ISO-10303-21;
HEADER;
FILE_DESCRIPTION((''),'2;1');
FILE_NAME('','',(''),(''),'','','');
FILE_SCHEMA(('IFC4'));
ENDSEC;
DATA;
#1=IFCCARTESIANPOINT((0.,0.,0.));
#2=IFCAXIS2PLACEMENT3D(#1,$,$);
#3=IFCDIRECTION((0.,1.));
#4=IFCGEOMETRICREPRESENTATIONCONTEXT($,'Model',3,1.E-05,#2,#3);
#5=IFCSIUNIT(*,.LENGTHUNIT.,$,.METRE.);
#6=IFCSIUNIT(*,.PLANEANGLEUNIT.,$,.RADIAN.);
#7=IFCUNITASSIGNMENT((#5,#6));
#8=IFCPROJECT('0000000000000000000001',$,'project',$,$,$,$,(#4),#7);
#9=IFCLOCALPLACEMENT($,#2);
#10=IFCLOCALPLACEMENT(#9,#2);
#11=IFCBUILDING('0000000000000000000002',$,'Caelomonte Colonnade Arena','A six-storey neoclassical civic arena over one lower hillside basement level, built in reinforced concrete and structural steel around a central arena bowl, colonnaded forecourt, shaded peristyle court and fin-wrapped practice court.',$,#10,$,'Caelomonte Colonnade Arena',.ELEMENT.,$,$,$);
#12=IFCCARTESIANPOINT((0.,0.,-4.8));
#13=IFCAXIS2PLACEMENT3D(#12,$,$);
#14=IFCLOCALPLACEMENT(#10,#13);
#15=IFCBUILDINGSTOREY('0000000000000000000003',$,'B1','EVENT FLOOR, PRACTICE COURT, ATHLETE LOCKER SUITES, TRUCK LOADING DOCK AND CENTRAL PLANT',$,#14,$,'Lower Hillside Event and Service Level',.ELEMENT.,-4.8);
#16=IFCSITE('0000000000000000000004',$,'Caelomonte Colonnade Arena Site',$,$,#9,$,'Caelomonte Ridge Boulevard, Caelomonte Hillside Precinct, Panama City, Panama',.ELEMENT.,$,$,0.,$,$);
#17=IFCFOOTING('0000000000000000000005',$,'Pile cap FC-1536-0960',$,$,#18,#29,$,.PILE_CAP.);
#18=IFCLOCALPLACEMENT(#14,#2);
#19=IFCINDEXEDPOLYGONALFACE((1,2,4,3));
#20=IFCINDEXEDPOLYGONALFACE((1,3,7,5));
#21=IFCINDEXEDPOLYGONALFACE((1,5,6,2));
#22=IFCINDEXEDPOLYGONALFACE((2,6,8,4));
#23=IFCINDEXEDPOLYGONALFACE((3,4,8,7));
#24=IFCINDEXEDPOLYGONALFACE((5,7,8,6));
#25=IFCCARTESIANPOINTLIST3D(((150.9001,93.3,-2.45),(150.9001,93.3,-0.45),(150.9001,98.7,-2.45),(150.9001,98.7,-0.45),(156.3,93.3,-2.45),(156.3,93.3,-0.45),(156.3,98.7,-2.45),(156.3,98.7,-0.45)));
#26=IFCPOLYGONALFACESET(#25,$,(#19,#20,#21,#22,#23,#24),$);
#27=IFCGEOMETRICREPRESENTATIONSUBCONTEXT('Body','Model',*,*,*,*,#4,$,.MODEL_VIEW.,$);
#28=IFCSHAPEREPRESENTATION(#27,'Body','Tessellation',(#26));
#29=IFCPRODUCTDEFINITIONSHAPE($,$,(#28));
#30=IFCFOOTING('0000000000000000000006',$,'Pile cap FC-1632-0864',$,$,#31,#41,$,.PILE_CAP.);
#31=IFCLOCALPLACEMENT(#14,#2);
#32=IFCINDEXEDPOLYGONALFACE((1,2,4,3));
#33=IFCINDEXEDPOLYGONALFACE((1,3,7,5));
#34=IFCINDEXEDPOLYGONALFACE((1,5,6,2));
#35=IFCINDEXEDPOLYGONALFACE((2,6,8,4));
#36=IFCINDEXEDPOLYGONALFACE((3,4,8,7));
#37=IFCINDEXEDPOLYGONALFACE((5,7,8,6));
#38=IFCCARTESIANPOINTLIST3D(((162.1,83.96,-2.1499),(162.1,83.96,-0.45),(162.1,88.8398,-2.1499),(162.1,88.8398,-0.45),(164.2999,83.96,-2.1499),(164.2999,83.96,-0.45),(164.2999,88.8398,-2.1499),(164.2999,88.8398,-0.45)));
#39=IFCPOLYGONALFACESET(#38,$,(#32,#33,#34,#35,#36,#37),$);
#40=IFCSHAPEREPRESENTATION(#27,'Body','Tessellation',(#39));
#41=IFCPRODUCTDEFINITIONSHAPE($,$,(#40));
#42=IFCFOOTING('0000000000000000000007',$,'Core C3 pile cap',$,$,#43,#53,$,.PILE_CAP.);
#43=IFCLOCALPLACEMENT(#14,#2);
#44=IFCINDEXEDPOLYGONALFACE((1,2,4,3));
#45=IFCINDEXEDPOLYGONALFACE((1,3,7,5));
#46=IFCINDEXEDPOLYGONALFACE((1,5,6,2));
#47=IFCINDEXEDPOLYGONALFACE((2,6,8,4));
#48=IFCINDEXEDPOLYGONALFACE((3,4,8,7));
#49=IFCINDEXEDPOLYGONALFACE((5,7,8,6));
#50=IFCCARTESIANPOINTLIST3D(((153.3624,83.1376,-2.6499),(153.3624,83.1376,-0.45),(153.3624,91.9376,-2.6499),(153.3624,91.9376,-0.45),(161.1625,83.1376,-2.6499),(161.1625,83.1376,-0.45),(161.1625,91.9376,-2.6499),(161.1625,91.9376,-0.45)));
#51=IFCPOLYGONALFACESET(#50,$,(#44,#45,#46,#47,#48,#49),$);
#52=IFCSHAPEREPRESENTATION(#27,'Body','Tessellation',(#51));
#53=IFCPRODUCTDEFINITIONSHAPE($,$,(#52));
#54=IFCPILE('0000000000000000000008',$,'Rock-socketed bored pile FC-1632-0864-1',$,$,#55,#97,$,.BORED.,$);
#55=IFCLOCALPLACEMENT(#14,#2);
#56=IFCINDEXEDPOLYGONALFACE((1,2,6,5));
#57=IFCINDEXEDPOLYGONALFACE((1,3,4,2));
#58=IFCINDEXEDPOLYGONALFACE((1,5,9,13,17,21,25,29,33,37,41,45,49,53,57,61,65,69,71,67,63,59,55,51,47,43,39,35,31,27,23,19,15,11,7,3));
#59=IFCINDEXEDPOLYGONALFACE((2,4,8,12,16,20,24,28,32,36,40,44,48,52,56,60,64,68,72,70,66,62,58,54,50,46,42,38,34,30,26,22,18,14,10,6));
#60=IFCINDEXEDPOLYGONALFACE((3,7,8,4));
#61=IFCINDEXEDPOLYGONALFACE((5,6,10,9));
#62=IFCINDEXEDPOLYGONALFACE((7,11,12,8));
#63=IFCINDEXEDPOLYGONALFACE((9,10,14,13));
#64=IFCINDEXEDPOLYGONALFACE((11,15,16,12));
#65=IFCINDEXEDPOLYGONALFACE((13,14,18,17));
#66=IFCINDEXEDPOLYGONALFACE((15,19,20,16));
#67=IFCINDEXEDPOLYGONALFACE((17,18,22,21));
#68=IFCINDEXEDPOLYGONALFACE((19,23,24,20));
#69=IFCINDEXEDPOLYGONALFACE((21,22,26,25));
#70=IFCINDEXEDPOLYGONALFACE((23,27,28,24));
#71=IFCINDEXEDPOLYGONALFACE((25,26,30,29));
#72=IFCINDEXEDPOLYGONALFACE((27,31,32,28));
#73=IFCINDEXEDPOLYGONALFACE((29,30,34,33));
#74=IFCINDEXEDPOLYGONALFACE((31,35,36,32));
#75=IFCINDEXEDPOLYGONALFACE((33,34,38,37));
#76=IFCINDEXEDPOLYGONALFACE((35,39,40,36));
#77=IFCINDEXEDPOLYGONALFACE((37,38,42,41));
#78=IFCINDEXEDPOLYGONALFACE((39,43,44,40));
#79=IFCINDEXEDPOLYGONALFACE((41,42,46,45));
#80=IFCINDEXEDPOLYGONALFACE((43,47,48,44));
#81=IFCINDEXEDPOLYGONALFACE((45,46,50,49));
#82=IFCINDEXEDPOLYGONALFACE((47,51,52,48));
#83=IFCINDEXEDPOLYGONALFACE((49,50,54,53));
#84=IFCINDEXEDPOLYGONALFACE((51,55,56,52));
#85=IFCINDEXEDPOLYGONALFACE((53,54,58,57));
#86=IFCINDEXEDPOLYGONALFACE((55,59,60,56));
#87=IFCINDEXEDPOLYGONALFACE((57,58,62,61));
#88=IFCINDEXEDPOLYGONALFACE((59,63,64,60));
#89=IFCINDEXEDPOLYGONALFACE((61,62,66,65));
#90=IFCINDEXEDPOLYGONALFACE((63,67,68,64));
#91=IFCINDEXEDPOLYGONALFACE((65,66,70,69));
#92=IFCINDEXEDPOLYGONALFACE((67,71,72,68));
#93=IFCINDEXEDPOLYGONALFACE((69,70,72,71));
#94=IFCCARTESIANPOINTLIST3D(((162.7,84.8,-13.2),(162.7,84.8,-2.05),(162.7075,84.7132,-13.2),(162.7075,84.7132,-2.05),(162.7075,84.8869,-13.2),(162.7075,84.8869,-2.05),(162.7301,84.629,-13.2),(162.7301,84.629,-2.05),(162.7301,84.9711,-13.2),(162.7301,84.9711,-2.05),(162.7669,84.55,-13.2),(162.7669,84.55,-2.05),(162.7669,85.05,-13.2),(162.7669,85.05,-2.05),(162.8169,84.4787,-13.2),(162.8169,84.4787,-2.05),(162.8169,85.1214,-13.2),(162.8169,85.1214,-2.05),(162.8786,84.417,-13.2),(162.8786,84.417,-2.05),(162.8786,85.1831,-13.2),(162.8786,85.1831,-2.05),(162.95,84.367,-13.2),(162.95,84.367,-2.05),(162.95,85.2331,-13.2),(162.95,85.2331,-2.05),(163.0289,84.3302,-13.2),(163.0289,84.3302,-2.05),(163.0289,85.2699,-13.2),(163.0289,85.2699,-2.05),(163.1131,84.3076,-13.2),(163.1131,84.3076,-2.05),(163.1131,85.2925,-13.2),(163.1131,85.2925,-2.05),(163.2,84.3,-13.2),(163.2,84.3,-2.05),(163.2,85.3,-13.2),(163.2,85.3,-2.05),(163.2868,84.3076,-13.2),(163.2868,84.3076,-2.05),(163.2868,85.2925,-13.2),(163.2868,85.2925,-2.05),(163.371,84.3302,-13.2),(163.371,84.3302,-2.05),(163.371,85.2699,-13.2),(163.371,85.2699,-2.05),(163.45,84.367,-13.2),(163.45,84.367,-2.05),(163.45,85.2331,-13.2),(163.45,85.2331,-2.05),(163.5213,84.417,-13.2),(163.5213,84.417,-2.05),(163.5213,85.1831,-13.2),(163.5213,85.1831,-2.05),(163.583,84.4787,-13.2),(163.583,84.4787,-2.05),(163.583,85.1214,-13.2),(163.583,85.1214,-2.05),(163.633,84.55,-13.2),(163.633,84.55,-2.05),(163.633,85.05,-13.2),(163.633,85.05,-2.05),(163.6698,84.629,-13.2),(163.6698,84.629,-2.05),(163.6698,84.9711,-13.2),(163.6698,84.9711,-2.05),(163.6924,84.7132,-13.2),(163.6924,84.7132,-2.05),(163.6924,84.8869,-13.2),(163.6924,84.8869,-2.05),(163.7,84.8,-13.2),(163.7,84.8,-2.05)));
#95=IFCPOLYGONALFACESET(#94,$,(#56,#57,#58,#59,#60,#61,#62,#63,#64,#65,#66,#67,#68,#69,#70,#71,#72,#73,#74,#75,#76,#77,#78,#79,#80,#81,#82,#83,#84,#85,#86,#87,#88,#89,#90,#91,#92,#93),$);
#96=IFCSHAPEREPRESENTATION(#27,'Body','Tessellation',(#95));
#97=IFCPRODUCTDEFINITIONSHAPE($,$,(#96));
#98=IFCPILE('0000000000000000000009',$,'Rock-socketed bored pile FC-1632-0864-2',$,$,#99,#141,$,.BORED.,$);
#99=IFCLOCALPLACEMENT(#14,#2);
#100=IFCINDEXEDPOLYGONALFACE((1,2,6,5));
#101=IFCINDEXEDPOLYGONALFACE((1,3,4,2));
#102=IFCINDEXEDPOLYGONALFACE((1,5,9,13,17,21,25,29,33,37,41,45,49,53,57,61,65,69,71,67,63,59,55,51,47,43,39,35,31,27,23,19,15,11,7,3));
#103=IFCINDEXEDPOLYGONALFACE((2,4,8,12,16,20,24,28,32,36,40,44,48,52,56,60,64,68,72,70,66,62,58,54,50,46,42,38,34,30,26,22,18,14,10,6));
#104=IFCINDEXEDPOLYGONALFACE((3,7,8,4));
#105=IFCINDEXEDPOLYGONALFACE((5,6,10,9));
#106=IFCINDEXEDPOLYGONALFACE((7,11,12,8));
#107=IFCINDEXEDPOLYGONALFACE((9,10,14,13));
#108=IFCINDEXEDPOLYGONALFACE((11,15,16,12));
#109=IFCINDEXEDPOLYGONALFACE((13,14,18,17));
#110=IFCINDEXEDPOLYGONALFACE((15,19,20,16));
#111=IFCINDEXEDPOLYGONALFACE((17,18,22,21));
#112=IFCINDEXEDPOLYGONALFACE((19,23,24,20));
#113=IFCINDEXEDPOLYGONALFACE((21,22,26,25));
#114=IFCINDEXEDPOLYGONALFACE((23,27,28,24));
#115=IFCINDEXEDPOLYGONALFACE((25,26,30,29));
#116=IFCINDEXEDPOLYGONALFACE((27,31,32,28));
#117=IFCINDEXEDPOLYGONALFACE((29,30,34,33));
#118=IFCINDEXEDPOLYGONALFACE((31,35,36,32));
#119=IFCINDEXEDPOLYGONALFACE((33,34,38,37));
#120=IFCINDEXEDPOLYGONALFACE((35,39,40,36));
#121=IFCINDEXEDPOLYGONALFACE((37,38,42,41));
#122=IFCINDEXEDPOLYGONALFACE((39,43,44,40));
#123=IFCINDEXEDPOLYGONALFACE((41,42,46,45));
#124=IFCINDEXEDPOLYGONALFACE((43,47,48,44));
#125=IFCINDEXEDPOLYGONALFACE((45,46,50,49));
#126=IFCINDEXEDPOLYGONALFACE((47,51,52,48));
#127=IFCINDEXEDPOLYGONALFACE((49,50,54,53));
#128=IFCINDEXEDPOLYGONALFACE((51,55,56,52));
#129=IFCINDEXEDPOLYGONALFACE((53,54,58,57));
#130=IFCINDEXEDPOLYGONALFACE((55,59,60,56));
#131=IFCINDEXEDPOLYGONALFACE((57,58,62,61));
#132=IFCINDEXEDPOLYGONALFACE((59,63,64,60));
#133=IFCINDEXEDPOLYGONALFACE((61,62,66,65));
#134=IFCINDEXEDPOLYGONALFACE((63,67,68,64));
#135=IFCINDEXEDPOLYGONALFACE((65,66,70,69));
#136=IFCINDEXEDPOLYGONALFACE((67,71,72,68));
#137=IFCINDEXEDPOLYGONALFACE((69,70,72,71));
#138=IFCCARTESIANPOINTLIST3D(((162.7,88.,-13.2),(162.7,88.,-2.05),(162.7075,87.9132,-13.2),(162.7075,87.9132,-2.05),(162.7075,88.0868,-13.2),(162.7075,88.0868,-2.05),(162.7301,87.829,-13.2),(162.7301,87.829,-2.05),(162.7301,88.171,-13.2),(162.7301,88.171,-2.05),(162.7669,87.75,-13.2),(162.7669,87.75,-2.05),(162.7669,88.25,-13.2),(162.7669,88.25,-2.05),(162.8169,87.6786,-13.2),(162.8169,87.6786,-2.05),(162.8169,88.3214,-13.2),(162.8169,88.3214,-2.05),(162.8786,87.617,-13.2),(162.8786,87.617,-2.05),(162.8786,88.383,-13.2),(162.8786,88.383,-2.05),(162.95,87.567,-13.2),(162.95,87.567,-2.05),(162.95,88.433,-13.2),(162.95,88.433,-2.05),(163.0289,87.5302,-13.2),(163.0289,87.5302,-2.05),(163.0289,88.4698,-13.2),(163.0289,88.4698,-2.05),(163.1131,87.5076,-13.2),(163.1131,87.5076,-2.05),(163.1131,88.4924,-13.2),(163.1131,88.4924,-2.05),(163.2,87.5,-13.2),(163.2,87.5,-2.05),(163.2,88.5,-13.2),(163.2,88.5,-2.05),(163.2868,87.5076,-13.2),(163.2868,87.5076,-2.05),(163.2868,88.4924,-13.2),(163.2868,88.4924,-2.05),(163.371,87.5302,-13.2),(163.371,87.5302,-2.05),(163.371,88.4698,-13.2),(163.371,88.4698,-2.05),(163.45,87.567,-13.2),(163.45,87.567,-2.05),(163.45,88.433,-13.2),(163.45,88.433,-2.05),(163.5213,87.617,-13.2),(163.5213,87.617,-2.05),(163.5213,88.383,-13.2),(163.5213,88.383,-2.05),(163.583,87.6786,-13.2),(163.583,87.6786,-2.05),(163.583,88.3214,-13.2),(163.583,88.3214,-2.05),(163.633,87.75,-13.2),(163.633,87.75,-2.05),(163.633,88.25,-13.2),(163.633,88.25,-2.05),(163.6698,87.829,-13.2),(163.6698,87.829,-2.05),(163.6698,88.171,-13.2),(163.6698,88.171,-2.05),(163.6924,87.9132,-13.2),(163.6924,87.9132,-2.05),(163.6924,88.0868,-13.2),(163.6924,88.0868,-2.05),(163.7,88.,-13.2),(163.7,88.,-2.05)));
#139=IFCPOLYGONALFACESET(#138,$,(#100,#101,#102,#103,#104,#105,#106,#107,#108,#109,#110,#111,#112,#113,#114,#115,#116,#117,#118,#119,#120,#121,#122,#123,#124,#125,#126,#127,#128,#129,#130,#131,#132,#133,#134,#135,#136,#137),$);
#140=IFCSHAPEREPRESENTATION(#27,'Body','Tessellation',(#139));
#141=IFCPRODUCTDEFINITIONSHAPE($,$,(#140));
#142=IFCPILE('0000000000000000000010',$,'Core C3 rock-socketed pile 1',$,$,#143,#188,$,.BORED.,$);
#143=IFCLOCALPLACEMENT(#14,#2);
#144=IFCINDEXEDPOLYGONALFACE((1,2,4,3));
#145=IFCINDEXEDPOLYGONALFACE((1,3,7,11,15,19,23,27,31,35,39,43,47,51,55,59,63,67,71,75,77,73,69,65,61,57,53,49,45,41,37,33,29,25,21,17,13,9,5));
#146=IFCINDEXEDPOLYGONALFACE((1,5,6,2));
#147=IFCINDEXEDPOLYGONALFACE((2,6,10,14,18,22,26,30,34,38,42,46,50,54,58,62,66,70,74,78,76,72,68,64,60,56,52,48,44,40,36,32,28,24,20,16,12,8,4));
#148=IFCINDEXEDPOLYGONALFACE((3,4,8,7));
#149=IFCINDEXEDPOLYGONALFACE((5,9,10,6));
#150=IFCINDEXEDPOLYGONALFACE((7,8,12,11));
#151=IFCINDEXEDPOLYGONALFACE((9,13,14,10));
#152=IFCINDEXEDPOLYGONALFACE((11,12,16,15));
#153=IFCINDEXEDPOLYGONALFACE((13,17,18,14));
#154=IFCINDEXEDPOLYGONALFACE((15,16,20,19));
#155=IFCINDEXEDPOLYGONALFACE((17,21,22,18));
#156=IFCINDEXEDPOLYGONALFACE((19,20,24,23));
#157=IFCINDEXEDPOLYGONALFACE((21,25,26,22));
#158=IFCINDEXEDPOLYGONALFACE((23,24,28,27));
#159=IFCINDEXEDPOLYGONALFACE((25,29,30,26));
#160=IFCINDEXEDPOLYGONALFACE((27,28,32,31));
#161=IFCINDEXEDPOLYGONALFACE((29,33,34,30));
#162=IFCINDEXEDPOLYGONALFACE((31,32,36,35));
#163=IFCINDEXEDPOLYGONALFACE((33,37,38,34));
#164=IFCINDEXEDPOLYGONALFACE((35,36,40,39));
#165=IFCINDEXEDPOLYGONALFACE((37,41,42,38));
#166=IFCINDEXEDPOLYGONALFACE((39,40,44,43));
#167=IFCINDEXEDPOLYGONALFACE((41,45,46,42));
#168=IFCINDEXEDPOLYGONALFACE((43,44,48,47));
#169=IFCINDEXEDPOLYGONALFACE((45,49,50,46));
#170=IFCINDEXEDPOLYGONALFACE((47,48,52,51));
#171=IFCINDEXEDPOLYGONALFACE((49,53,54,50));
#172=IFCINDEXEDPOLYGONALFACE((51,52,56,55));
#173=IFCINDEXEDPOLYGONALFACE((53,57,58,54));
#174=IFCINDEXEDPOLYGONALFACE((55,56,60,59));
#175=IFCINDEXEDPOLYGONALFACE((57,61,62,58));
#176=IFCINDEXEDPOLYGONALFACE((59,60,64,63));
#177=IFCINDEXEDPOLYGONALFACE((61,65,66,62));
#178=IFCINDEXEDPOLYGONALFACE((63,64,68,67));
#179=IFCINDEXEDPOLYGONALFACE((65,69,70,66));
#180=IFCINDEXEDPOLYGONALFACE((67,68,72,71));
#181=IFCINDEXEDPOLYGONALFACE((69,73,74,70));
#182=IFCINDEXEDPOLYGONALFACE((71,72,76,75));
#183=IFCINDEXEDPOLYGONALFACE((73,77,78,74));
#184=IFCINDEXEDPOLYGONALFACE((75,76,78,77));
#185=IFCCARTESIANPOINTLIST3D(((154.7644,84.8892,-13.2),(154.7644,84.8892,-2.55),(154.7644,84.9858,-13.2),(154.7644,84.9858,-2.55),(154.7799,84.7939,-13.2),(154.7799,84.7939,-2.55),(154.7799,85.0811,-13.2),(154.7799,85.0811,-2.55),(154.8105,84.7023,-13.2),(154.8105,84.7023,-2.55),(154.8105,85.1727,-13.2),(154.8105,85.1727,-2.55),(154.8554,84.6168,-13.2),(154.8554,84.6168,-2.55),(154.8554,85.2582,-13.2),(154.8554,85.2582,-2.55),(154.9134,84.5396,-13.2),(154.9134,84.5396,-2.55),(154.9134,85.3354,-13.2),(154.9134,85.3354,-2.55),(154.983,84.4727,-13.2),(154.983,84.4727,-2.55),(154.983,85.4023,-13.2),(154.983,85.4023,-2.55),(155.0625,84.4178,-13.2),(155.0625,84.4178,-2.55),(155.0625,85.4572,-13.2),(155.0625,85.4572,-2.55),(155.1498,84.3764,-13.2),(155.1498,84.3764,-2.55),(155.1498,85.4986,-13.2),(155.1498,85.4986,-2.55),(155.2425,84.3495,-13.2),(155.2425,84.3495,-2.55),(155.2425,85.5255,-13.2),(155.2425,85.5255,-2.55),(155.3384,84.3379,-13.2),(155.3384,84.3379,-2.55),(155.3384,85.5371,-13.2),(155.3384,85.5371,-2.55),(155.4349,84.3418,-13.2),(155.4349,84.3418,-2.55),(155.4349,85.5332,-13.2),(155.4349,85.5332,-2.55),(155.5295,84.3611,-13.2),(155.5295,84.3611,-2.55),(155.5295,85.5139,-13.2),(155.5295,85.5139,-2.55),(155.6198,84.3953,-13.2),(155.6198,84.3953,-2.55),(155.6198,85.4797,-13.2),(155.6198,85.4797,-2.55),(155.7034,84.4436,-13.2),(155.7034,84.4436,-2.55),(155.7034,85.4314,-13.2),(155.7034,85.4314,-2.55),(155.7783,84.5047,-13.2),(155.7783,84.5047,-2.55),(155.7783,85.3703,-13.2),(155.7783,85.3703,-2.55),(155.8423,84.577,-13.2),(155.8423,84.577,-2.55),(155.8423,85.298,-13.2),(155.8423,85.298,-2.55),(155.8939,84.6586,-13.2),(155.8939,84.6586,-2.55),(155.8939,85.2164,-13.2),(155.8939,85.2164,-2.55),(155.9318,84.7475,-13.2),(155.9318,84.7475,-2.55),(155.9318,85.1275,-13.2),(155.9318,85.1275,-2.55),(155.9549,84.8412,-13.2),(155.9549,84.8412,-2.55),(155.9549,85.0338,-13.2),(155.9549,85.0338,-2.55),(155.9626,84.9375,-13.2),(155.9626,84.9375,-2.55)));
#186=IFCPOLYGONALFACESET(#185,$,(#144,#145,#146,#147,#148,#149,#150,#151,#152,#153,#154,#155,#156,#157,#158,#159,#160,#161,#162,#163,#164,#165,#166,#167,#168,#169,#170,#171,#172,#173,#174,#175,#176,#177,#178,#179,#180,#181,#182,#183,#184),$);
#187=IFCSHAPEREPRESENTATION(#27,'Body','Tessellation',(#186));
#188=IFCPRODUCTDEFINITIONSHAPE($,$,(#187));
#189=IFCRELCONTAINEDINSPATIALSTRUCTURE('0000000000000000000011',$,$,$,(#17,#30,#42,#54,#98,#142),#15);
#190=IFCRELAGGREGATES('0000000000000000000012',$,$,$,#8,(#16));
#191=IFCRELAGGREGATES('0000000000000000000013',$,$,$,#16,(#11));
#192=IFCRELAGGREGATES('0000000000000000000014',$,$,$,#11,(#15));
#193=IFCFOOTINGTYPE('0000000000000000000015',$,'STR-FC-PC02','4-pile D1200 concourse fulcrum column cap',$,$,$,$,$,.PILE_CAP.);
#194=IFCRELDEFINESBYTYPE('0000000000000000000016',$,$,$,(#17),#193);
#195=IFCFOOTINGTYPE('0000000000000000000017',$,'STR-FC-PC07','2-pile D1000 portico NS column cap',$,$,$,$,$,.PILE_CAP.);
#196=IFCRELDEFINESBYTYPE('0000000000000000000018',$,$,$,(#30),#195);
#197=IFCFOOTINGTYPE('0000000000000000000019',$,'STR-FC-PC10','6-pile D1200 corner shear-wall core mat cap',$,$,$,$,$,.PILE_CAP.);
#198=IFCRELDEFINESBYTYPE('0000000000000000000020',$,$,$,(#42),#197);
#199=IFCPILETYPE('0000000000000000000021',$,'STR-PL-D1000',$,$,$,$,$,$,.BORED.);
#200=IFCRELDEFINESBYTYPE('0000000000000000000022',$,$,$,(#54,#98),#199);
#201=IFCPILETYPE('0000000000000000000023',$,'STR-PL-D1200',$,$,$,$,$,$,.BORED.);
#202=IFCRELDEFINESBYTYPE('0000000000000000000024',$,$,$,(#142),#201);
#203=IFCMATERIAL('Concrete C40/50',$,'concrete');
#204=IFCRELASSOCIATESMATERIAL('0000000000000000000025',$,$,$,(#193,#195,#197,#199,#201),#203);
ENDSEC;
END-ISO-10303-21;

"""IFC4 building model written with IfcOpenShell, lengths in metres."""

from ifc_helpers import new_model, si_unit, direction, frame, origin, origin_2d, place, context, subcontext, project, spatial, rectangle, circle, extrude, material, material_profile, profile_set, type_object, element, save


model = new_model("IFC4")

# Units and contexts
model_context = context("Model", 3, precision=1e-05, world=origin(), true_north=direction((0.0, 1.0)))
body_context = subcontext(model_context, "Body", "Model", "MODEL_VIEW")
ifc_project = project(units=[si_unit("LENGTHUNIT", "METRE"), si_unit("PLANEANGLEUNIT", "RADIAN")], contexts=[model_context])

# Site, building, storey
site_placement = place(None, origin())
site = spatial("IfcSite", under=ifc_project, at=site_placement, Name="Caelomonte Colonnade Arena Site", LongName="Caelomonte Ridge Boulevard, Caelomonte Hillside Precinct, Panama City, Panama", CompositionType="ELEMENT", RefElevation=0.0)
building_placement = place(site_placement, origin())
building = spatial("IfcBuilding", under=site, at=building_placement, Name="Caelomonte Colonnade Arena", Description="A six-storey neoclassical civic arena over one lower hillside basement level, built in reinforced concrete and structural steel around a central arena bowl, colonnaded forecourt, shaded peristyle court and fin-wrapped practice court.", LongName="Caelomonte Colonnade Arena", CompositionType="ELEMENT")
storey_placement = place(building_placement, frame((0.0, 0.0, -4.8)))
storey = spatial("IfcBuildingStorey", under=building, at=storey_placement, Name="B1", Description="EVENT FLOOR, PRACTICE COURT, ATHLETE LOCKER SUITES, TRUCK LOADING DOCK AND CENTRAL PLANT", LongName="Lower Hillside Event and Service Level", CompositionType="ELEMENT", Elevation=-4.8)

# Footings
ifc_material_1 = material(Name="Concrete C40/50", Category="concrete")
footing_type_1 = type_object("IfcFootingType", Name="STR-FC-PC02", Description="4-pile D1200 concourse fulcrum column cap", PredefinedType="PILE_CAP", material=ifc_material_1)
footing_1_placement = place(storey_placement, frame((153.6001, 96.0, -2.45), z_axis=(0.0, 0.0, 1.0), x_axis=(1.0, 0.0, 0.0)))
element("IfcFooting", 1, at=footing_1_placement, inside=storey, type_object=footing_type_1, Name="Pile cap FC-1536-0960", PredefinedType="PILE_CAP", context=body_context, shape_type="SweptSolid", body=[
    extrude(rectangle(XDim=5.3999, YDim=5.3999, at=origin_2d()), origin(), (0.0, 0.0, 1.0), 2.0),
])
footing_type_2 = type_object("IfcFootingType", Name="STR-FC-PC07", Description="2-pile D1000 portico NS column cap", PredefinedType="PILE_CAP", material=ifc_material_1)
footing_2_placement = place(storey_placement, frame((163.2, 86.3999, -2.1499), z_axis=(0.0, 0.0, 1.0), x_axis=(1.0, 0.0, 0.0)))
element("IfcFooting", 2, at=footing_2_placement, inside=storey, type_object=footing_type_2, Name="Pile cap FC-1632-0864", PredefinedType="PILE_CAP", context=body_context, shape_type="SweptSolid", body=[
    extrude(rectangle(XDim=2.2, YDim=4.8799, at=origin_2d()), origin(), (0.0, 0.0, 1.0), 1.7),
])
footing_type_3 = type_object("IfcFootingType", Name="STR-FC-PC10", Description="6-pile D1200 corner shear-wall core mat cap", PredefinedType="PILE_CAP", material=ifc_material_1)
footing_3_placement = place(storey_placement, frame((157.2625, 87.5376, -2.6499), z_axis=(0.0, 0.0, 1.0), x_axis=(1.0, 0.0, 0.0)))
element("IfcFooting", 3, at=footing_3_placement, inside=storey, type_object=footing_type_3, Name="Core C3 pile cap", PredefinedType="PILE_CAP", context=body_context, shape_type="SweptSolid", body=[
    extrude(rectangle(XDim=7.8, YDim=8.8, at=origin_2d()), origin(), (0.0, 0.0, 1.0), 2.2),
])

# Piles
ifc_material_profile_1 = material_profile(ifc_material_1, circle(Radius=0.5, at=origin_2d()), Name="PILE-D1000")
ifc_profile_set_1 = profile_set([ifc_material_profile_1], Name="Concrete C40/50")
pile_type_1 = type_object("IfcPileType", Name="STR-PL-D1000", PredefinedType="BORED", material=ifc_profile_set_1)
for number, where, z_axis, x_axis, name in (
    (4, (163.2, 84.8, -2.05), (0.0, 0.0, -1.0), (1.0, 0.0, 0.0), "Rock-socketed bored pile FC-1632-0864-1"),
    (5, (163.2, 88.0, -2.05), (0.0, 0.0, -1.0), (1.0, 0.0, 0.0), "Rock-socketed bored pile FC-1632-0864-2"),
):
    element("IfcPile", number, at=place(storey_placement, frame(where, z_axis=z_axis, x_axis=x_axis)), inside=storey, type_object=pile_type_1, Name=name, PredefinedType="BORED", context=body_context, shape_type="SweptSolid", body=[
        extrude(circle(Radius=0.5, at=origin_2d()), origin(), (0.0, 0.0, 1.0), 11.1499),
    ])
ifc_material_profile_2 = material_profile(ifc_material_1, circle(Radius=0.6001, at=origin_2d()), Name="PILE-D1200")
ifc_profile_set_2 = profile_set([ifc_material_profile_2], Name="Concrete C40/50")
pile_type_2 = type_object("IfcPileType", Name="STR-PL-D1200", PredefinedType="BORED", material=ifc_profile_set_2)
for number, where, z_axis, x_axis, name in (
    (6, (155.3625, 84.9375, -2.55), (0.0, 0.0, -1.0), (1.0, 0.0, 0.0), "Core C3 rock-socketed pile 1"),
):
    element("IfcPile", number, at=place(storey_placement, frame(where, z_axis=z_axis, x_axis=x_axis)), inside=storey, type_object=pile_type_2, Name=name, PredefinedType="BORED", context=body_context, shape_type="SweptSolid", body=[
        extrude(circle(Radius=0.6001, at=origin_2d()), origin(), (0.0, 0.0, 1.0), 10.6499),
    ])

save(model, "model.ifc")
